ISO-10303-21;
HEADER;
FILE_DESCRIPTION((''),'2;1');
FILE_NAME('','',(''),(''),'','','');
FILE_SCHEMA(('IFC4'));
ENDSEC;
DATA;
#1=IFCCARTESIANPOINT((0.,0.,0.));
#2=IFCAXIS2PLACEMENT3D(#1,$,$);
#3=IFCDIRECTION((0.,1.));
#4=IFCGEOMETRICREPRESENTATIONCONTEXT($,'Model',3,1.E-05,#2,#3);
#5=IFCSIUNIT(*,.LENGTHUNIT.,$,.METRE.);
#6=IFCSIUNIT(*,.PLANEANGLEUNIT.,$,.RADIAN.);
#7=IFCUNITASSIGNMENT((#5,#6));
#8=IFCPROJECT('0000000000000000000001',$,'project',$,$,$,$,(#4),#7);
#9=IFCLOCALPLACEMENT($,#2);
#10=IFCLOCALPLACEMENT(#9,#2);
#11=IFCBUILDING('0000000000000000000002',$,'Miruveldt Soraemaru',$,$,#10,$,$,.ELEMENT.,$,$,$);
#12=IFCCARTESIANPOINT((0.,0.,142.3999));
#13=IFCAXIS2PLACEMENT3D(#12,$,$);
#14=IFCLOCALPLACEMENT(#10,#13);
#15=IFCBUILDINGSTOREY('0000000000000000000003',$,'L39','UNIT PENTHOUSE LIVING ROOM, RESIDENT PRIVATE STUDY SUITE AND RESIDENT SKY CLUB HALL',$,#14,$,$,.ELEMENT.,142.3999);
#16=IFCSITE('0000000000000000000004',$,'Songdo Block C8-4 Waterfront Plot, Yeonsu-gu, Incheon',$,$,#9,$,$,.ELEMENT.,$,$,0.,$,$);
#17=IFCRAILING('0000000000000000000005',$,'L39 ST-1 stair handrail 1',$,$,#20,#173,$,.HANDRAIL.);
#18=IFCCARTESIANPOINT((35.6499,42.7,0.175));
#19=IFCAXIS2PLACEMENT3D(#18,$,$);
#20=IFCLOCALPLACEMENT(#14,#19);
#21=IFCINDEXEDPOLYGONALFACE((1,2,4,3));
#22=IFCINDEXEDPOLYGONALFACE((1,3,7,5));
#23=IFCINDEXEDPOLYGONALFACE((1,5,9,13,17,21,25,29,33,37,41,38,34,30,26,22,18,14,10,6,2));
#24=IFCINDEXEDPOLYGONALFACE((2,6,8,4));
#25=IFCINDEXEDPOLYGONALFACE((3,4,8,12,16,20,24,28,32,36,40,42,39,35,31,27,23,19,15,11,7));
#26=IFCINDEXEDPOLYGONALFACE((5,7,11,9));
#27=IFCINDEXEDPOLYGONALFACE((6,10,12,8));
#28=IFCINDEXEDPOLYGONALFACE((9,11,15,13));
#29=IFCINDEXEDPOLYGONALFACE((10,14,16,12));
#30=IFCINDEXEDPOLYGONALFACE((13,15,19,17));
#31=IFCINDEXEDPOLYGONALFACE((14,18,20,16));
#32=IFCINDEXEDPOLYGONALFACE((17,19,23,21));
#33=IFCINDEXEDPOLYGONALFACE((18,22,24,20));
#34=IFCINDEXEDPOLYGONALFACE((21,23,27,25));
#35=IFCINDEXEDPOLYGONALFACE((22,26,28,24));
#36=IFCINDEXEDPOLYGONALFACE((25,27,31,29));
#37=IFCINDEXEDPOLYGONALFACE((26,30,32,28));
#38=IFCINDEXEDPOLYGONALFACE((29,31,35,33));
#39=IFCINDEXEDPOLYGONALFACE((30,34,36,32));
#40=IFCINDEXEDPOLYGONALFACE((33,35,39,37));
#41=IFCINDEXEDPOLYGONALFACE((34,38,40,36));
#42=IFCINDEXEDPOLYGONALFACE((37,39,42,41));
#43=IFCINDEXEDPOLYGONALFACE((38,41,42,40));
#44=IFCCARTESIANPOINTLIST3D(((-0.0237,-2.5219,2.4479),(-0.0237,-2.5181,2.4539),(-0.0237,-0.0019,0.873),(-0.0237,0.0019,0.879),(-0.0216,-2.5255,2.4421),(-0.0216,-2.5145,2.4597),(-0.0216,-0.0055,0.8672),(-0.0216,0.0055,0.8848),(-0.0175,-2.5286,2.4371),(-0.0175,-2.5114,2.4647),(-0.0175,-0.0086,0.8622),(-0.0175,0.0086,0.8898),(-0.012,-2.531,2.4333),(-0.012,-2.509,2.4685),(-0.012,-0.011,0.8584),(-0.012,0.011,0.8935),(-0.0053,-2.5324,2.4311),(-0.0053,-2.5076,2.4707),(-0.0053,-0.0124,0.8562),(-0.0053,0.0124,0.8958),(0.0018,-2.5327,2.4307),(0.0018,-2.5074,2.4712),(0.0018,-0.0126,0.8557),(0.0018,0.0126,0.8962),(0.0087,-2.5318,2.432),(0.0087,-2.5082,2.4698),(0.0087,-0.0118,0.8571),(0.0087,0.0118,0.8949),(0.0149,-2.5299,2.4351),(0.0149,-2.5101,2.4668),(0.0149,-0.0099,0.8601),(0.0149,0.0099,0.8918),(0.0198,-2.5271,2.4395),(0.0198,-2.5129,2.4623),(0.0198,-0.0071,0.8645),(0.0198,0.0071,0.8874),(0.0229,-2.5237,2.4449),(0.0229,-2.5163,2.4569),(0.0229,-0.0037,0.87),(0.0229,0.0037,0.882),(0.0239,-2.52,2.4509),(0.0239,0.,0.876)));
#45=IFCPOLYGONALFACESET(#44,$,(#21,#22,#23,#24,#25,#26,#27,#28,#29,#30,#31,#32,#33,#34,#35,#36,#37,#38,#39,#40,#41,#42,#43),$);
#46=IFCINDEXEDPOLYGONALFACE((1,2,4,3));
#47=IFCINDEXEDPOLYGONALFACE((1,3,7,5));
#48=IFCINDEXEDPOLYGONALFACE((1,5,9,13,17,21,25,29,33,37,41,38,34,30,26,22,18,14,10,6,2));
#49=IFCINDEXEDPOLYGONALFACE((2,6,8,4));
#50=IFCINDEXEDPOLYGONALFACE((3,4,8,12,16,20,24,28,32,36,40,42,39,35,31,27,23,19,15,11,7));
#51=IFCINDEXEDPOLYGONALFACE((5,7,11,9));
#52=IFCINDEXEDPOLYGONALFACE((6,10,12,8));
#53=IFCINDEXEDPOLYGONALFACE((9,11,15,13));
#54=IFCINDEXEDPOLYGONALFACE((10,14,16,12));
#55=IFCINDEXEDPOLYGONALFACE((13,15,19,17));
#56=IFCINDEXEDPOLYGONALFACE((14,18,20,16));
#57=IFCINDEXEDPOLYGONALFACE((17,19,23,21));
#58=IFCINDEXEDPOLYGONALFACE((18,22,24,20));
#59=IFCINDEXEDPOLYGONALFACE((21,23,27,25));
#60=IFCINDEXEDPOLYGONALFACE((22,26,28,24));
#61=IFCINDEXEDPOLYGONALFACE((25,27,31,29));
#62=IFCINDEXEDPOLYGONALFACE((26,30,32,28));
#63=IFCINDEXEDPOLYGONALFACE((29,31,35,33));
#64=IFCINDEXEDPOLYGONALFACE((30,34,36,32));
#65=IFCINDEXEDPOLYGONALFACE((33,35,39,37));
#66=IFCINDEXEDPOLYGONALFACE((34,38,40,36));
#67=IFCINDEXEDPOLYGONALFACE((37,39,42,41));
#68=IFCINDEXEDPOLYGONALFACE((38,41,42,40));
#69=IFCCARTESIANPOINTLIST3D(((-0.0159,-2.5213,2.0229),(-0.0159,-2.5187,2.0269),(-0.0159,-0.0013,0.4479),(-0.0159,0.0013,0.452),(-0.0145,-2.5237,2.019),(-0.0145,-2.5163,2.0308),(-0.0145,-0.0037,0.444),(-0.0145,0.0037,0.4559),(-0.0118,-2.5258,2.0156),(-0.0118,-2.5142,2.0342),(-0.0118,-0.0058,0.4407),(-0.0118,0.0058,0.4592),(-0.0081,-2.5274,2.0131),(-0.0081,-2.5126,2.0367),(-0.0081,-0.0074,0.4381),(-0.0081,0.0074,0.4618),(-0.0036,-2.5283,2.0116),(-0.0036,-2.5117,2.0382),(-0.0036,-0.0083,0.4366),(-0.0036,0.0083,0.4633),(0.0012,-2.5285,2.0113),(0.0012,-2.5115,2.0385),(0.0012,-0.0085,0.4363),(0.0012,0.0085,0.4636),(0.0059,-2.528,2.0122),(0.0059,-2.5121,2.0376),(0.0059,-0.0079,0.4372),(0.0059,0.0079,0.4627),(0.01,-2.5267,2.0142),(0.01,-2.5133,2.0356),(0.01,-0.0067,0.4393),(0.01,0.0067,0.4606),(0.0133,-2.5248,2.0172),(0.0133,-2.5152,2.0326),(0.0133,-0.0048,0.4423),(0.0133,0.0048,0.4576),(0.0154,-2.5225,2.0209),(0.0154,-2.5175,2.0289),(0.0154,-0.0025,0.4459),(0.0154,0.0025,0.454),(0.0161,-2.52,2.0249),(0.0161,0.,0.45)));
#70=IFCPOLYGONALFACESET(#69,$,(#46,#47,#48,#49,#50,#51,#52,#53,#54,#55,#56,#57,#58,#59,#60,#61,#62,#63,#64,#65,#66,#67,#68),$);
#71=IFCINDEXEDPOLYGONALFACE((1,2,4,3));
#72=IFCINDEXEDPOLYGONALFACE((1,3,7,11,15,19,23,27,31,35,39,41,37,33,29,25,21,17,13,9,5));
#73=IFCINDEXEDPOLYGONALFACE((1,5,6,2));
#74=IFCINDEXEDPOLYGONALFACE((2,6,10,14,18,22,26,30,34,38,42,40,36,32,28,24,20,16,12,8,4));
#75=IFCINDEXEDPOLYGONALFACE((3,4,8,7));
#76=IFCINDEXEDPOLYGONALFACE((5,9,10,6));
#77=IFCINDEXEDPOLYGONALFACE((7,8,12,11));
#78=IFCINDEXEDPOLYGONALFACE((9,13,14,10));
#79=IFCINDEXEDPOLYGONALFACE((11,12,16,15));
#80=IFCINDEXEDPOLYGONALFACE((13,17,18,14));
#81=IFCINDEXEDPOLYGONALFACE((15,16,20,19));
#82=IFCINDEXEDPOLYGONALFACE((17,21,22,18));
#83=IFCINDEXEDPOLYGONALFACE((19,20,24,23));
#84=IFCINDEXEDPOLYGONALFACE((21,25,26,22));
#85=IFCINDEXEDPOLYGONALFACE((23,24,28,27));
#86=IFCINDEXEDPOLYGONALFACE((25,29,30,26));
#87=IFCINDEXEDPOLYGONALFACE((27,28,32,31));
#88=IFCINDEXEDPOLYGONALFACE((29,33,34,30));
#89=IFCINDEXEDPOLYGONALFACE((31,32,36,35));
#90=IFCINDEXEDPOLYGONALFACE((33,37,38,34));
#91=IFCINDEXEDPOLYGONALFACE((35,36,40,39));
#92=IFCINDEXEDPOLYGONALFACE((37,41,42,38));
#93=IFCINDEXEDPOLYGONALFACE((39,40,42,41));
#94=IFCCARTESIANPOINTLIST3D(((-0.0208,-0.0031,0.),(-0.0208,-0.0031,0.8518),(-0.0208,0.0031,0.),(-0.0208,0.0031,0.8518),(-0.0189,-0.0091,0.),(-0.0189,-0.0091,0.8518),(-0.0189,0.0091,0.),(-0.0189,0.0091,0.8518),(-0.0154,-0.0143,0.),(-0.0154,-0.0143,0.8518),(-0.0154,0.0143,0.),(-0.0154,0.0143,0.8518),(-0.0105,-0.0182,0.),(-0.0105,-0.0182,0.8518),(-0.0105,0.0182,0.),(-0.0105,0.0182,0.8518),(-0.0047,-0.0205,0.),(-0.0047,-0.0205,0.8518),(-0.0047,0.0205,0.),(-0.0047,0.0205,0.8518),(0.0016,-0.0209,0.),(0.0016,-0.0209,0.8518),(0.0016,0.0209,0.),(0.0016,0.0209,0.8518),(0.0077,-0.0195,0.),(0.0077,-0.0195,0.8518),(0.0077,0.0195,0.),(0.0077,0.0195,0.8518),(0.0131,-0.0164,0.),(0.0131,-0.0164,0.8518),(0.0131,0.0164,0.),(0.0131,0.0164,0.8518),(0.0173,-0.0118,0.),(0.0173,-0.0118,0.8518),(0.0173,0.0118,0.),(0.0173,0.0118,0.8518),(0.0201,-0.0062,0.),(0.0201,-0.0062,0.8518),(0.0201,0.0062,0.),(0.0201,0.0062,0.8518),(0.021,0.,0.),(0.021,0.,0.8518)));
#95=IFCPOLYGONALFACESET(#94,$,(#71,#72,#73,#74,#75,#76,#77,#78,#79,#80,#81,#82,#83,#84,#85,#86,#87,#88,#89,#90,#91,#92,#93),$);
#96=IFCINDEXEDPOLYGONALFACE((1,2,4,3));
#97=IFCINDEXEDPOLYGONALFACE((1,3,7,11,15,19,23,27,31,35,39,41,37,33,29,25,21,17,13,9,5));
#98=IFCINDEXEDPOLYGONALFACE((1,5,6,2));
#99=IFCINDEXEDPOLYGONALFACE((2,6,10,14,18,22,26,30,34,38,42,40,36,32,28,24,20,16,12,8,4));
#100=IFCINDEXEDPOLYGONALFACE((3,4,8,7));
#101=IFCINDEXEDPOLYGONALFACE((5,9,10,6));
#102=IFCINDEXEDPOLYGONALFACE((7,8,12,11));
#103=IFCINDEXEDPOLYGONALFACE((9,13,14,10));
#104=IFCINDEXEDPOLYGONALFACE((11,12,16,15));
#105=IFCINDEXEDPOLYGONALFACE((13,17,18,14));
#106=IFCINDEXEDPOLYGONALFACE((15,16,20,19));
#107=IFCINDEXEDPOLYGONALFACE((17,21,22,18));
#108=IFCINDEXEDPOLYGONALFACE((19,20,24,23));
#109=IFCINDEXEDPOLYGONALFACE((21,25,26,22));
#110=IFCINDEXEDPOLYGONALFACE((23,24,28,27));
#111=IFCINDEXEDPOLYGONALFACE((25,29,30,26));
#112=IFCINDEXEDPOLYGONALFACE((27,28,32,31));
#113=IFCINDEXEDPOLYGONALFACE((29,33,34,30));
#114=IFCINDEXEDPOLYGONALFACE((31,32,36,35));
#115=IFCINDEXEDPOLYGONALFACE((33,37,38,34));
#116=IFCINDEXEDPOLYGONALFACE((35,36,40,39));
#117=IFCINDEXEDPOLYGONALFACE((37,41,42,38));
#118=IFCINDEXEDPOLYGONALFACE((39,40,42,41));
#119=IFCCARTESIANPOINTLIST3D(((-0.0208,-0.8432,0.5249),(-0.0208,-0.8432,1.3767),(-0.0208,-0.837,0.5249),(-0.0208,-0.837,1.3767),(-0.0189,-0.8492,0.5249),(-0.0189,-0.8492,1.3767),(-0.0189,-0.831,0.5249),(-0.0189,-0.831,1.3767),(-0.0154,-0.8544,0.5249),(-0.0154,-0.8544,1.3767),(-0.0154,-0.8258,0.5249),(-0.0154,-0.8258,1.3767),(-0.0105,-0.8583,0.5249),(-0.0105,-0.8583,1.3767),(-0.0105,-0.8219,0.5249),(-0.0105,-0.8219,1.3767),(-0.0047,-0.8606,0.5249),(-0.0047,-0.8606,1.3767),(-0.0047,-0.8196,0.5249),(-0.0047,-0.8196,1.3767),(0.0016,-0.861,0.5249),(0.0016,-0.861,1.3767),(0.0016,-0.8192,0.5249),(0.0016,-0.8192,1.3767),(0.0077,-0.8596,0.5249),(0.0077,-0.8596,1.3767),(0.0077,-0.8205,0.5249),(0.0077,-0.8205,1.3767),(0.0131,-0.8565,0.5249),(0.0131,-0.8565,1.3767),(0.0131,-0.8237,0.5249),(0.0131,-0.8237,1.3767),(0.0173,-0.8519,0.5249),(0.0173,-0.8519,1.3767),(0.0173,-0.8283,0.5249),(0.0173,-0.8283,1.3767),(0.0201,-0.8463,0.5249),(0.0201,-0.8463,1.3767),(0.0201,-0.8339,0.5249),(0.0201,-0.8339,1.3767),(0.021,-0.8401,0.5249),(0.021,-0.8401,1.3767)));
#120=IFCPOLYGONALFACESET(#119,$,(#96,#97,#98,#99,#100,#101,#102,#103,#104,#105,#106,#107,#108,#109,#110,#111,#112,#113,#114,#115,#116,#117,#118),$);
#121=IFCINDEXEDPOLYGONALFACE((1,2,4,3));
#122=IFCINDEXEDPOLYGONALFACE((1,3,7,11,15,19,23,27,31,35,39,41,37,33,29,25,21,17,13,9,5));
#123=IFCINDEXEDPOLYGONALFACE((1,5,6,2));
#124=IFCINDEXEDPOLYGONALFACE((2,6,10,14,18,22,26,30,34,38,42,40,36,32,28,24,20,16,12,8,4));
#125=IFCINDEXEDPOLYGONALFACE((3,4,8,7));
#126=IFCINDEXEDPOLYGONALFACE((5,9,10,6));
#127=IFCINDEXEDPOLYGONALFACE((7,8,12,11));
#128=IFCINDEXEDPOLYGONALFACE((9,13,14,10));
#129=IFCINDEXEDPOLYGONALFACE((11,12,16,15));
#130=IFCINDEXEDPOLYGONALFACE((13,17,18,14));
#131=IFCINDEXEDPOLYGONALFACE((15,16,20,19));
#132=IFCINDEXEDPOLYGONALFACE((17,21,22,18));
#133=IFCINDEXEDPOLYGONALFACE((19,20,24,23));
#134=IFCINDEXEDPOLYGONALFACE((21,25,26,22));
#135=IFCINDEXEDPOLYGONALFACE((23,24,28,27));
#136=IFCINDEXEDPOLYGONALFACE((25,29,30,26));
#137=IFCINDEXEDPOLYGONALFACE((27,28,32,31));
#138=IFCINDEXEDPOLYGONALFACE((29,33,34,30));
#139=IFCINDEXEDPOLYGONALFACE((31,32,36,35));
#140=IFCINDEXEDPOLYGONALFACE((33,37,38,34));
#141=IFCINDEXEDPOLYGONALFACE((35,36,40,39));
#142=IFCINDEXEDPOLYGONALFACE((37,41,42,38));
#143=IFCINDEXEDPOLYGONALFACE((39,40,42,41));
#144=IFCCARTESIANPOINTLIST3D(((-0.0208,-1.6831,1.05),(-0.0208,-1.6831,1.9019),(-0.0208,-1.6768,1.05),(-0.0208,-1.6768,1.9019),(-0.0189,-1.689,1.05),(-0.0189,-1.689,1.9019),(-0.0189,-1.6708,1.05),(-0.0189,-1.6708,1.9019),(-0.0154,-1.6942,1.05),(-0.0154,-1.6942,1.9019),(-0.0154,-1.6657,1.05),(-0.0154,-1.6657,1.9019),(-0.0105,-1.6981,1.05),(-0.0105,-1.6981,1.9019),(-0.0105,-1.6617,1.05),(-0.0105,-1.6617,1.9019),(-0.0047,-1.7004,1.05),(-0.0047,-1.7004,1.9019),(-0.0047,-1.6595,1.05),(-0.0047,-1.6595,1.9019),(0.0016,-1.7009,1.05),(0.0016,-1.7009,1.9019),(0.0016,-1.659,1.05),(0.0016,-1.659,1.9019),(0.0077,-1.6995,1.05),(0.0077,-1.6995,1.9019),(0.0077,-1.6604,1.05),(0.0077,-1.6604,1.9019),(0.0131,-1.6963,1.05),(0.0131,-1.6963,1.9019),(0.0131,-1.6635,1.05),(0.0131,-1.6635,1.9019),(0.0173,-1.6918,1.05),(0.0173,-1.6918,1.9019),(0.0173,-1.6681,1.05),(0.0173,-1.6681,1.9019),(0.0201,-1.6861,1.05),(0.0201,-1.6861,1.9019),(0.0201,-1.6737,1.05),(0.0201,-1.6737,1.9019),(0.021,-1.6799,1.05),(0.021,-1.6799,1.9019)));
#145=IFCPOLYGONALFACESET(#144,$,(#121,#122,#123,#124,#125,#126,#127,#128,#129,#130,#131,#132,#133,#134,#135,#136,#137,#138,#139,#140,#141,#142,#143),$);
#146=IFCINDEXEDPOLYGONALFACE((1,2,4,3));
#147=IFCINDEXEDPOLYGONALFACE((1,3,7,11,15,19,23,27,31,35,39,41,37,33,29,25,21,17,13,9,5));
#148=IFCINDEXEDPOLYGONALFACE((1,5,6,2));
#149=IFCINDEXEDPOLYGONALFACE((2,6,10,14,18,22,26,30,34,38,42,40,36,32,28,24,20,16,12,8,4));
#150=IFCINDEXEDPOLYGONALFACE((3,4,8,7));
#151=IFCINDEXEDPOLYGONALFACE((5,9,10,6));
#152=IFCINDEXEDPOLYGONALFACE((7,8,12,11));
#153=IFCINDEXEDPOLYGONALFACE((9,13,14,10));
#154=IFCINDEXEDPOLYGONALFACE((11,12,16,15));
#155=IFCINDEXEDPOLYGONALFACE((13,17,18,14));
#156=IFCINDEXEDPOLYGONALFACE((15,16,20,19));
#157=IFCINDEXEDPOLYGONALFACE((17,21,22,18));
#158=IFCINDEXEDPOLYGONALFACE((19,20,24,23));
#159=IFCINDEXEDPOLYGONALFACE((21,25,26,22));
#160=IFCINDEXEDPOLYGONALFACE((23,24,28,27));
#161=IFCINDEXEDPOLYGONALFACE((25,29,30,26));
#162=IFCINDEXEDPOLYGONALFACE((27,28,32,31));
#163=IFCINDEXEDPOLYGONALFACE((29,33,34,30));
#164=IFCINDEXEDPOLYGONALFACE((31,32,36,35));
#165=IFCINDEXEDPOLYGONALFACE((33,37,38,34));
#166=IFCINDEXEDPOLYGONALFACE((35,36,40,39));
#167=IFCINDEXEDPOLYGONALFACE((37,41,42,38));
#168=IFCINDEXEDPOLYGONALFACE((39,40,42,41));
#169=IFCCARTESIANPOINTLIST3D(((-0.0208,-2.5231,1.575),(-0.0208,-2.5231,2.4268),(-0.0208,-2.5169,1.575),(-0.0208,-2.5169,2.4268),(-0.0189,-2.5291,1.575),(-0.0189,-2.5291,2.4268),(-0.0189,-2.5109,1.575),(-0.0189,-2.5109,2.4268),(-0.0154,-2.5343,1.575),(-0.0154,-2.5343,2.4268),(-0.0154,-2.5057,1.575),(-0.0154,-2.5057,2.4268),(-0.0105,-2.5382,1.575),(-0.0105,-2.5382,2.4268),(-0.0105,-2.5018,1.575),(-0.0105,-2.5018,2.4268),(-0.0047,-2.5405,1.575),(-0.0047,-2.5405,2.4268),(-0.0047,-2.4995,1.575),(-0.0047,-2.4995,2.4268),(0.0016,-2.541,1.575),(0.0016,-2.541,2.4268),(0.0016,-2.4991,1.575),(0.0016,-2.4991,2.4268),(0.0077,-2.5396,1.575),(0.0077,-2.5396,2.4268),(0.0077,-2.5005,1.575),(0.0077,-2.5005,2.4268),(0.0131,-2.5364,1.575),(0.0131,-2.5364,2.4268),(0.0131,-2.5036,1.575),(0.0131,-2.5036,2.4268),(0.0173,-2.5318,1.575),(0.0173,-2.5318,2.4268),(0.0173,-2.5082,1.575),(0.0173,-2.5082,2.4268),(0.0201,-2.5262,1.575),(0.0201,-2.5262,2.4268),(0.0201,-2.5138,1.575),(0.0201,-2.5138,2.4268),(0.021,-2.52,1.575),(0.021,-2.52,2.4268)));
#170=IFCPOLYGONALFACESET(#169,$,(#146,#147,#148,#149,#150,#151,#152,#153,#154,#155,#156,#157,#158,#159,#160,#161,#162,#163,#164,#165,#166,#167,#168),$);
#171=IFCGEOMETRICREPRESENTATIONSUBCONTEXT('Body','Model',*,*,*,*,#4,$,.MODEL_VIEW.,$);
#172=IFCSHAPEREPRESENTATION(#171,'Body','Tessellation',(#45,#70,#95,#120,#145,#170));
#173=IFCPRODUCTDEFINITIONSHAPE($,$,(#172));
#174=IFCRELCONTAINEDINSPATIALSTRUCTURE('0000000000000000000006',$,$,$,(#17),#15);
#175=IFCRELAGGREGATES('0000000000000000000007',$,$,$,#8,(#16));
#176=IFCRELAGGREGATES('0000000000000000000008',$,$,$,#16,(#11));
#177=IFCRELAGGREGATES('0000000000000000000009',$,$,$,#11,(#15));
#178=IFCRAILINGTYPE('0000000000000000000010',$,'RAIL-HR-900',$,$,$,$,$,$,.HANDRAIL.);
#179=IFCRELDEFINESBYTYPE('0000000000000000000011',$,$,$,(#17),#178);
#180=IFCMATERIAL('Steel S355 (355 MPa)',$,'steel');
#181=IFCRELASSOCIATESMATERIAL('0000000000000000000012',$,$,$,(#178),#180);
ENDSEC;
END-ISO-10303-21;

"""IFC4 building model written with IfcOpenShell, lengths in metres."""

from ifc_helpers import new_model, si_unit, direction, frame, origin, origin_2d, place, context, subcontext, project, spatial, circle, extrude, material, type_object, element, save


model = new_model("IFC4")

# Units and contexts
model_context = context("Model", 3, precision=1e-05, world=origin(), true_north=direction((0.0, 1.0)))
body_context = subcontext(model_context, "Body", "Model", "MODEL_VIEW")
ifc_project = project(units=[si_unit("LENGTHUNIT", "METRE"), si_unit("PLANEANGLEUNIT", "RADIAN")], contexts=[model_context])

# Site, building, storey
site_placement = place(None, origin())
site = spatial("IfcSite", under=ifc_project, at=site_placement, Name="Songdo Block C8-4 Waterfront Plot, Yeonsu-gu, Incheon", CompositionType="ELEMENT", RefElevation=0.0)
building_placement = place(site_placement, origin())
building = spatial("IfcBuilding", under=site, at=building_placement, Name="Miruveldt Soraemaru", CompositionType="ELEMENT")
storey_placement = place(building_placement, frame((0.0, 0.0, 142.3999)))
storey = spatial("IfcBuildingStorey", under=building, at=storey_placement, Name="L39", Description="UNIT PENTHOUSE LIVING ROOM, RESIDENT PRIVATE STUDY SUITE AND RESIDENT SKY CLUB HALL", CompositionType="ELEMENT", Elevation=142.3999)

# Railing
ifc_material_1 = material(Name="Steel S355 (355 MPa)", Category="steel")
railing_type_1 = type_object("IfcRailingType", Name="RAIL-HR-900", PredefinedType="HANDRAIL", material=ifc_material_1)
railing_1_placement = place(storey_placement, frame((35.6499, 42.7, 0.175)))
element("IfcRailing", 1, at=railing_1_placement, inside=storey, type_object=railing_type_1, Name="L39 ST-1 stair handrail 1", PredefinedType="HANDRAIL", context=body_context, shape_type="SweptSolid", body=[
    extrude(circle(Radius=0.0239, at=origin_2d()), frame((0.0, 0.0, 0.876), z_axis=(0.0, -0.848008, 0.529984), x_axis=(1.0, 0.0, 0.0)), (0.0, 0.0, 1.0), 2.9717),
    extrude(circle(Radius=0.0161, at=origin_2d()), frame((0.0, 0.0, 0.45), z_axis=(0.0, -0.848008, 0.529984), x_axis=(1.0, 0.0, 0.0)), (0.0, 0.0, 1.0), 2.9717),
    extrude(circle(Radius=0.021, at=origin_2d()), origin(), (0.0, 0.0, 1.0), 0.8518),
    extrude(circle(Radius=0.021, at=origin_2d()), frame((0.0, -0.8401, 0.5249)), (0.0, 0.0, 1.0), 0.8518),
    extrude(circle(Radius=0.021, at=origin_2d()), frame((0.0, -1.6799, 1.05)), (0.0, 0.0, 1.0), 0.8518),
    extrude(circle(Radius=0.021, at=origin_2d()), frame((0.0, -2.52, 1.575)), (0.0, 0.0, 1.0), 0.8518),
])

save(model, "model.ifc")
